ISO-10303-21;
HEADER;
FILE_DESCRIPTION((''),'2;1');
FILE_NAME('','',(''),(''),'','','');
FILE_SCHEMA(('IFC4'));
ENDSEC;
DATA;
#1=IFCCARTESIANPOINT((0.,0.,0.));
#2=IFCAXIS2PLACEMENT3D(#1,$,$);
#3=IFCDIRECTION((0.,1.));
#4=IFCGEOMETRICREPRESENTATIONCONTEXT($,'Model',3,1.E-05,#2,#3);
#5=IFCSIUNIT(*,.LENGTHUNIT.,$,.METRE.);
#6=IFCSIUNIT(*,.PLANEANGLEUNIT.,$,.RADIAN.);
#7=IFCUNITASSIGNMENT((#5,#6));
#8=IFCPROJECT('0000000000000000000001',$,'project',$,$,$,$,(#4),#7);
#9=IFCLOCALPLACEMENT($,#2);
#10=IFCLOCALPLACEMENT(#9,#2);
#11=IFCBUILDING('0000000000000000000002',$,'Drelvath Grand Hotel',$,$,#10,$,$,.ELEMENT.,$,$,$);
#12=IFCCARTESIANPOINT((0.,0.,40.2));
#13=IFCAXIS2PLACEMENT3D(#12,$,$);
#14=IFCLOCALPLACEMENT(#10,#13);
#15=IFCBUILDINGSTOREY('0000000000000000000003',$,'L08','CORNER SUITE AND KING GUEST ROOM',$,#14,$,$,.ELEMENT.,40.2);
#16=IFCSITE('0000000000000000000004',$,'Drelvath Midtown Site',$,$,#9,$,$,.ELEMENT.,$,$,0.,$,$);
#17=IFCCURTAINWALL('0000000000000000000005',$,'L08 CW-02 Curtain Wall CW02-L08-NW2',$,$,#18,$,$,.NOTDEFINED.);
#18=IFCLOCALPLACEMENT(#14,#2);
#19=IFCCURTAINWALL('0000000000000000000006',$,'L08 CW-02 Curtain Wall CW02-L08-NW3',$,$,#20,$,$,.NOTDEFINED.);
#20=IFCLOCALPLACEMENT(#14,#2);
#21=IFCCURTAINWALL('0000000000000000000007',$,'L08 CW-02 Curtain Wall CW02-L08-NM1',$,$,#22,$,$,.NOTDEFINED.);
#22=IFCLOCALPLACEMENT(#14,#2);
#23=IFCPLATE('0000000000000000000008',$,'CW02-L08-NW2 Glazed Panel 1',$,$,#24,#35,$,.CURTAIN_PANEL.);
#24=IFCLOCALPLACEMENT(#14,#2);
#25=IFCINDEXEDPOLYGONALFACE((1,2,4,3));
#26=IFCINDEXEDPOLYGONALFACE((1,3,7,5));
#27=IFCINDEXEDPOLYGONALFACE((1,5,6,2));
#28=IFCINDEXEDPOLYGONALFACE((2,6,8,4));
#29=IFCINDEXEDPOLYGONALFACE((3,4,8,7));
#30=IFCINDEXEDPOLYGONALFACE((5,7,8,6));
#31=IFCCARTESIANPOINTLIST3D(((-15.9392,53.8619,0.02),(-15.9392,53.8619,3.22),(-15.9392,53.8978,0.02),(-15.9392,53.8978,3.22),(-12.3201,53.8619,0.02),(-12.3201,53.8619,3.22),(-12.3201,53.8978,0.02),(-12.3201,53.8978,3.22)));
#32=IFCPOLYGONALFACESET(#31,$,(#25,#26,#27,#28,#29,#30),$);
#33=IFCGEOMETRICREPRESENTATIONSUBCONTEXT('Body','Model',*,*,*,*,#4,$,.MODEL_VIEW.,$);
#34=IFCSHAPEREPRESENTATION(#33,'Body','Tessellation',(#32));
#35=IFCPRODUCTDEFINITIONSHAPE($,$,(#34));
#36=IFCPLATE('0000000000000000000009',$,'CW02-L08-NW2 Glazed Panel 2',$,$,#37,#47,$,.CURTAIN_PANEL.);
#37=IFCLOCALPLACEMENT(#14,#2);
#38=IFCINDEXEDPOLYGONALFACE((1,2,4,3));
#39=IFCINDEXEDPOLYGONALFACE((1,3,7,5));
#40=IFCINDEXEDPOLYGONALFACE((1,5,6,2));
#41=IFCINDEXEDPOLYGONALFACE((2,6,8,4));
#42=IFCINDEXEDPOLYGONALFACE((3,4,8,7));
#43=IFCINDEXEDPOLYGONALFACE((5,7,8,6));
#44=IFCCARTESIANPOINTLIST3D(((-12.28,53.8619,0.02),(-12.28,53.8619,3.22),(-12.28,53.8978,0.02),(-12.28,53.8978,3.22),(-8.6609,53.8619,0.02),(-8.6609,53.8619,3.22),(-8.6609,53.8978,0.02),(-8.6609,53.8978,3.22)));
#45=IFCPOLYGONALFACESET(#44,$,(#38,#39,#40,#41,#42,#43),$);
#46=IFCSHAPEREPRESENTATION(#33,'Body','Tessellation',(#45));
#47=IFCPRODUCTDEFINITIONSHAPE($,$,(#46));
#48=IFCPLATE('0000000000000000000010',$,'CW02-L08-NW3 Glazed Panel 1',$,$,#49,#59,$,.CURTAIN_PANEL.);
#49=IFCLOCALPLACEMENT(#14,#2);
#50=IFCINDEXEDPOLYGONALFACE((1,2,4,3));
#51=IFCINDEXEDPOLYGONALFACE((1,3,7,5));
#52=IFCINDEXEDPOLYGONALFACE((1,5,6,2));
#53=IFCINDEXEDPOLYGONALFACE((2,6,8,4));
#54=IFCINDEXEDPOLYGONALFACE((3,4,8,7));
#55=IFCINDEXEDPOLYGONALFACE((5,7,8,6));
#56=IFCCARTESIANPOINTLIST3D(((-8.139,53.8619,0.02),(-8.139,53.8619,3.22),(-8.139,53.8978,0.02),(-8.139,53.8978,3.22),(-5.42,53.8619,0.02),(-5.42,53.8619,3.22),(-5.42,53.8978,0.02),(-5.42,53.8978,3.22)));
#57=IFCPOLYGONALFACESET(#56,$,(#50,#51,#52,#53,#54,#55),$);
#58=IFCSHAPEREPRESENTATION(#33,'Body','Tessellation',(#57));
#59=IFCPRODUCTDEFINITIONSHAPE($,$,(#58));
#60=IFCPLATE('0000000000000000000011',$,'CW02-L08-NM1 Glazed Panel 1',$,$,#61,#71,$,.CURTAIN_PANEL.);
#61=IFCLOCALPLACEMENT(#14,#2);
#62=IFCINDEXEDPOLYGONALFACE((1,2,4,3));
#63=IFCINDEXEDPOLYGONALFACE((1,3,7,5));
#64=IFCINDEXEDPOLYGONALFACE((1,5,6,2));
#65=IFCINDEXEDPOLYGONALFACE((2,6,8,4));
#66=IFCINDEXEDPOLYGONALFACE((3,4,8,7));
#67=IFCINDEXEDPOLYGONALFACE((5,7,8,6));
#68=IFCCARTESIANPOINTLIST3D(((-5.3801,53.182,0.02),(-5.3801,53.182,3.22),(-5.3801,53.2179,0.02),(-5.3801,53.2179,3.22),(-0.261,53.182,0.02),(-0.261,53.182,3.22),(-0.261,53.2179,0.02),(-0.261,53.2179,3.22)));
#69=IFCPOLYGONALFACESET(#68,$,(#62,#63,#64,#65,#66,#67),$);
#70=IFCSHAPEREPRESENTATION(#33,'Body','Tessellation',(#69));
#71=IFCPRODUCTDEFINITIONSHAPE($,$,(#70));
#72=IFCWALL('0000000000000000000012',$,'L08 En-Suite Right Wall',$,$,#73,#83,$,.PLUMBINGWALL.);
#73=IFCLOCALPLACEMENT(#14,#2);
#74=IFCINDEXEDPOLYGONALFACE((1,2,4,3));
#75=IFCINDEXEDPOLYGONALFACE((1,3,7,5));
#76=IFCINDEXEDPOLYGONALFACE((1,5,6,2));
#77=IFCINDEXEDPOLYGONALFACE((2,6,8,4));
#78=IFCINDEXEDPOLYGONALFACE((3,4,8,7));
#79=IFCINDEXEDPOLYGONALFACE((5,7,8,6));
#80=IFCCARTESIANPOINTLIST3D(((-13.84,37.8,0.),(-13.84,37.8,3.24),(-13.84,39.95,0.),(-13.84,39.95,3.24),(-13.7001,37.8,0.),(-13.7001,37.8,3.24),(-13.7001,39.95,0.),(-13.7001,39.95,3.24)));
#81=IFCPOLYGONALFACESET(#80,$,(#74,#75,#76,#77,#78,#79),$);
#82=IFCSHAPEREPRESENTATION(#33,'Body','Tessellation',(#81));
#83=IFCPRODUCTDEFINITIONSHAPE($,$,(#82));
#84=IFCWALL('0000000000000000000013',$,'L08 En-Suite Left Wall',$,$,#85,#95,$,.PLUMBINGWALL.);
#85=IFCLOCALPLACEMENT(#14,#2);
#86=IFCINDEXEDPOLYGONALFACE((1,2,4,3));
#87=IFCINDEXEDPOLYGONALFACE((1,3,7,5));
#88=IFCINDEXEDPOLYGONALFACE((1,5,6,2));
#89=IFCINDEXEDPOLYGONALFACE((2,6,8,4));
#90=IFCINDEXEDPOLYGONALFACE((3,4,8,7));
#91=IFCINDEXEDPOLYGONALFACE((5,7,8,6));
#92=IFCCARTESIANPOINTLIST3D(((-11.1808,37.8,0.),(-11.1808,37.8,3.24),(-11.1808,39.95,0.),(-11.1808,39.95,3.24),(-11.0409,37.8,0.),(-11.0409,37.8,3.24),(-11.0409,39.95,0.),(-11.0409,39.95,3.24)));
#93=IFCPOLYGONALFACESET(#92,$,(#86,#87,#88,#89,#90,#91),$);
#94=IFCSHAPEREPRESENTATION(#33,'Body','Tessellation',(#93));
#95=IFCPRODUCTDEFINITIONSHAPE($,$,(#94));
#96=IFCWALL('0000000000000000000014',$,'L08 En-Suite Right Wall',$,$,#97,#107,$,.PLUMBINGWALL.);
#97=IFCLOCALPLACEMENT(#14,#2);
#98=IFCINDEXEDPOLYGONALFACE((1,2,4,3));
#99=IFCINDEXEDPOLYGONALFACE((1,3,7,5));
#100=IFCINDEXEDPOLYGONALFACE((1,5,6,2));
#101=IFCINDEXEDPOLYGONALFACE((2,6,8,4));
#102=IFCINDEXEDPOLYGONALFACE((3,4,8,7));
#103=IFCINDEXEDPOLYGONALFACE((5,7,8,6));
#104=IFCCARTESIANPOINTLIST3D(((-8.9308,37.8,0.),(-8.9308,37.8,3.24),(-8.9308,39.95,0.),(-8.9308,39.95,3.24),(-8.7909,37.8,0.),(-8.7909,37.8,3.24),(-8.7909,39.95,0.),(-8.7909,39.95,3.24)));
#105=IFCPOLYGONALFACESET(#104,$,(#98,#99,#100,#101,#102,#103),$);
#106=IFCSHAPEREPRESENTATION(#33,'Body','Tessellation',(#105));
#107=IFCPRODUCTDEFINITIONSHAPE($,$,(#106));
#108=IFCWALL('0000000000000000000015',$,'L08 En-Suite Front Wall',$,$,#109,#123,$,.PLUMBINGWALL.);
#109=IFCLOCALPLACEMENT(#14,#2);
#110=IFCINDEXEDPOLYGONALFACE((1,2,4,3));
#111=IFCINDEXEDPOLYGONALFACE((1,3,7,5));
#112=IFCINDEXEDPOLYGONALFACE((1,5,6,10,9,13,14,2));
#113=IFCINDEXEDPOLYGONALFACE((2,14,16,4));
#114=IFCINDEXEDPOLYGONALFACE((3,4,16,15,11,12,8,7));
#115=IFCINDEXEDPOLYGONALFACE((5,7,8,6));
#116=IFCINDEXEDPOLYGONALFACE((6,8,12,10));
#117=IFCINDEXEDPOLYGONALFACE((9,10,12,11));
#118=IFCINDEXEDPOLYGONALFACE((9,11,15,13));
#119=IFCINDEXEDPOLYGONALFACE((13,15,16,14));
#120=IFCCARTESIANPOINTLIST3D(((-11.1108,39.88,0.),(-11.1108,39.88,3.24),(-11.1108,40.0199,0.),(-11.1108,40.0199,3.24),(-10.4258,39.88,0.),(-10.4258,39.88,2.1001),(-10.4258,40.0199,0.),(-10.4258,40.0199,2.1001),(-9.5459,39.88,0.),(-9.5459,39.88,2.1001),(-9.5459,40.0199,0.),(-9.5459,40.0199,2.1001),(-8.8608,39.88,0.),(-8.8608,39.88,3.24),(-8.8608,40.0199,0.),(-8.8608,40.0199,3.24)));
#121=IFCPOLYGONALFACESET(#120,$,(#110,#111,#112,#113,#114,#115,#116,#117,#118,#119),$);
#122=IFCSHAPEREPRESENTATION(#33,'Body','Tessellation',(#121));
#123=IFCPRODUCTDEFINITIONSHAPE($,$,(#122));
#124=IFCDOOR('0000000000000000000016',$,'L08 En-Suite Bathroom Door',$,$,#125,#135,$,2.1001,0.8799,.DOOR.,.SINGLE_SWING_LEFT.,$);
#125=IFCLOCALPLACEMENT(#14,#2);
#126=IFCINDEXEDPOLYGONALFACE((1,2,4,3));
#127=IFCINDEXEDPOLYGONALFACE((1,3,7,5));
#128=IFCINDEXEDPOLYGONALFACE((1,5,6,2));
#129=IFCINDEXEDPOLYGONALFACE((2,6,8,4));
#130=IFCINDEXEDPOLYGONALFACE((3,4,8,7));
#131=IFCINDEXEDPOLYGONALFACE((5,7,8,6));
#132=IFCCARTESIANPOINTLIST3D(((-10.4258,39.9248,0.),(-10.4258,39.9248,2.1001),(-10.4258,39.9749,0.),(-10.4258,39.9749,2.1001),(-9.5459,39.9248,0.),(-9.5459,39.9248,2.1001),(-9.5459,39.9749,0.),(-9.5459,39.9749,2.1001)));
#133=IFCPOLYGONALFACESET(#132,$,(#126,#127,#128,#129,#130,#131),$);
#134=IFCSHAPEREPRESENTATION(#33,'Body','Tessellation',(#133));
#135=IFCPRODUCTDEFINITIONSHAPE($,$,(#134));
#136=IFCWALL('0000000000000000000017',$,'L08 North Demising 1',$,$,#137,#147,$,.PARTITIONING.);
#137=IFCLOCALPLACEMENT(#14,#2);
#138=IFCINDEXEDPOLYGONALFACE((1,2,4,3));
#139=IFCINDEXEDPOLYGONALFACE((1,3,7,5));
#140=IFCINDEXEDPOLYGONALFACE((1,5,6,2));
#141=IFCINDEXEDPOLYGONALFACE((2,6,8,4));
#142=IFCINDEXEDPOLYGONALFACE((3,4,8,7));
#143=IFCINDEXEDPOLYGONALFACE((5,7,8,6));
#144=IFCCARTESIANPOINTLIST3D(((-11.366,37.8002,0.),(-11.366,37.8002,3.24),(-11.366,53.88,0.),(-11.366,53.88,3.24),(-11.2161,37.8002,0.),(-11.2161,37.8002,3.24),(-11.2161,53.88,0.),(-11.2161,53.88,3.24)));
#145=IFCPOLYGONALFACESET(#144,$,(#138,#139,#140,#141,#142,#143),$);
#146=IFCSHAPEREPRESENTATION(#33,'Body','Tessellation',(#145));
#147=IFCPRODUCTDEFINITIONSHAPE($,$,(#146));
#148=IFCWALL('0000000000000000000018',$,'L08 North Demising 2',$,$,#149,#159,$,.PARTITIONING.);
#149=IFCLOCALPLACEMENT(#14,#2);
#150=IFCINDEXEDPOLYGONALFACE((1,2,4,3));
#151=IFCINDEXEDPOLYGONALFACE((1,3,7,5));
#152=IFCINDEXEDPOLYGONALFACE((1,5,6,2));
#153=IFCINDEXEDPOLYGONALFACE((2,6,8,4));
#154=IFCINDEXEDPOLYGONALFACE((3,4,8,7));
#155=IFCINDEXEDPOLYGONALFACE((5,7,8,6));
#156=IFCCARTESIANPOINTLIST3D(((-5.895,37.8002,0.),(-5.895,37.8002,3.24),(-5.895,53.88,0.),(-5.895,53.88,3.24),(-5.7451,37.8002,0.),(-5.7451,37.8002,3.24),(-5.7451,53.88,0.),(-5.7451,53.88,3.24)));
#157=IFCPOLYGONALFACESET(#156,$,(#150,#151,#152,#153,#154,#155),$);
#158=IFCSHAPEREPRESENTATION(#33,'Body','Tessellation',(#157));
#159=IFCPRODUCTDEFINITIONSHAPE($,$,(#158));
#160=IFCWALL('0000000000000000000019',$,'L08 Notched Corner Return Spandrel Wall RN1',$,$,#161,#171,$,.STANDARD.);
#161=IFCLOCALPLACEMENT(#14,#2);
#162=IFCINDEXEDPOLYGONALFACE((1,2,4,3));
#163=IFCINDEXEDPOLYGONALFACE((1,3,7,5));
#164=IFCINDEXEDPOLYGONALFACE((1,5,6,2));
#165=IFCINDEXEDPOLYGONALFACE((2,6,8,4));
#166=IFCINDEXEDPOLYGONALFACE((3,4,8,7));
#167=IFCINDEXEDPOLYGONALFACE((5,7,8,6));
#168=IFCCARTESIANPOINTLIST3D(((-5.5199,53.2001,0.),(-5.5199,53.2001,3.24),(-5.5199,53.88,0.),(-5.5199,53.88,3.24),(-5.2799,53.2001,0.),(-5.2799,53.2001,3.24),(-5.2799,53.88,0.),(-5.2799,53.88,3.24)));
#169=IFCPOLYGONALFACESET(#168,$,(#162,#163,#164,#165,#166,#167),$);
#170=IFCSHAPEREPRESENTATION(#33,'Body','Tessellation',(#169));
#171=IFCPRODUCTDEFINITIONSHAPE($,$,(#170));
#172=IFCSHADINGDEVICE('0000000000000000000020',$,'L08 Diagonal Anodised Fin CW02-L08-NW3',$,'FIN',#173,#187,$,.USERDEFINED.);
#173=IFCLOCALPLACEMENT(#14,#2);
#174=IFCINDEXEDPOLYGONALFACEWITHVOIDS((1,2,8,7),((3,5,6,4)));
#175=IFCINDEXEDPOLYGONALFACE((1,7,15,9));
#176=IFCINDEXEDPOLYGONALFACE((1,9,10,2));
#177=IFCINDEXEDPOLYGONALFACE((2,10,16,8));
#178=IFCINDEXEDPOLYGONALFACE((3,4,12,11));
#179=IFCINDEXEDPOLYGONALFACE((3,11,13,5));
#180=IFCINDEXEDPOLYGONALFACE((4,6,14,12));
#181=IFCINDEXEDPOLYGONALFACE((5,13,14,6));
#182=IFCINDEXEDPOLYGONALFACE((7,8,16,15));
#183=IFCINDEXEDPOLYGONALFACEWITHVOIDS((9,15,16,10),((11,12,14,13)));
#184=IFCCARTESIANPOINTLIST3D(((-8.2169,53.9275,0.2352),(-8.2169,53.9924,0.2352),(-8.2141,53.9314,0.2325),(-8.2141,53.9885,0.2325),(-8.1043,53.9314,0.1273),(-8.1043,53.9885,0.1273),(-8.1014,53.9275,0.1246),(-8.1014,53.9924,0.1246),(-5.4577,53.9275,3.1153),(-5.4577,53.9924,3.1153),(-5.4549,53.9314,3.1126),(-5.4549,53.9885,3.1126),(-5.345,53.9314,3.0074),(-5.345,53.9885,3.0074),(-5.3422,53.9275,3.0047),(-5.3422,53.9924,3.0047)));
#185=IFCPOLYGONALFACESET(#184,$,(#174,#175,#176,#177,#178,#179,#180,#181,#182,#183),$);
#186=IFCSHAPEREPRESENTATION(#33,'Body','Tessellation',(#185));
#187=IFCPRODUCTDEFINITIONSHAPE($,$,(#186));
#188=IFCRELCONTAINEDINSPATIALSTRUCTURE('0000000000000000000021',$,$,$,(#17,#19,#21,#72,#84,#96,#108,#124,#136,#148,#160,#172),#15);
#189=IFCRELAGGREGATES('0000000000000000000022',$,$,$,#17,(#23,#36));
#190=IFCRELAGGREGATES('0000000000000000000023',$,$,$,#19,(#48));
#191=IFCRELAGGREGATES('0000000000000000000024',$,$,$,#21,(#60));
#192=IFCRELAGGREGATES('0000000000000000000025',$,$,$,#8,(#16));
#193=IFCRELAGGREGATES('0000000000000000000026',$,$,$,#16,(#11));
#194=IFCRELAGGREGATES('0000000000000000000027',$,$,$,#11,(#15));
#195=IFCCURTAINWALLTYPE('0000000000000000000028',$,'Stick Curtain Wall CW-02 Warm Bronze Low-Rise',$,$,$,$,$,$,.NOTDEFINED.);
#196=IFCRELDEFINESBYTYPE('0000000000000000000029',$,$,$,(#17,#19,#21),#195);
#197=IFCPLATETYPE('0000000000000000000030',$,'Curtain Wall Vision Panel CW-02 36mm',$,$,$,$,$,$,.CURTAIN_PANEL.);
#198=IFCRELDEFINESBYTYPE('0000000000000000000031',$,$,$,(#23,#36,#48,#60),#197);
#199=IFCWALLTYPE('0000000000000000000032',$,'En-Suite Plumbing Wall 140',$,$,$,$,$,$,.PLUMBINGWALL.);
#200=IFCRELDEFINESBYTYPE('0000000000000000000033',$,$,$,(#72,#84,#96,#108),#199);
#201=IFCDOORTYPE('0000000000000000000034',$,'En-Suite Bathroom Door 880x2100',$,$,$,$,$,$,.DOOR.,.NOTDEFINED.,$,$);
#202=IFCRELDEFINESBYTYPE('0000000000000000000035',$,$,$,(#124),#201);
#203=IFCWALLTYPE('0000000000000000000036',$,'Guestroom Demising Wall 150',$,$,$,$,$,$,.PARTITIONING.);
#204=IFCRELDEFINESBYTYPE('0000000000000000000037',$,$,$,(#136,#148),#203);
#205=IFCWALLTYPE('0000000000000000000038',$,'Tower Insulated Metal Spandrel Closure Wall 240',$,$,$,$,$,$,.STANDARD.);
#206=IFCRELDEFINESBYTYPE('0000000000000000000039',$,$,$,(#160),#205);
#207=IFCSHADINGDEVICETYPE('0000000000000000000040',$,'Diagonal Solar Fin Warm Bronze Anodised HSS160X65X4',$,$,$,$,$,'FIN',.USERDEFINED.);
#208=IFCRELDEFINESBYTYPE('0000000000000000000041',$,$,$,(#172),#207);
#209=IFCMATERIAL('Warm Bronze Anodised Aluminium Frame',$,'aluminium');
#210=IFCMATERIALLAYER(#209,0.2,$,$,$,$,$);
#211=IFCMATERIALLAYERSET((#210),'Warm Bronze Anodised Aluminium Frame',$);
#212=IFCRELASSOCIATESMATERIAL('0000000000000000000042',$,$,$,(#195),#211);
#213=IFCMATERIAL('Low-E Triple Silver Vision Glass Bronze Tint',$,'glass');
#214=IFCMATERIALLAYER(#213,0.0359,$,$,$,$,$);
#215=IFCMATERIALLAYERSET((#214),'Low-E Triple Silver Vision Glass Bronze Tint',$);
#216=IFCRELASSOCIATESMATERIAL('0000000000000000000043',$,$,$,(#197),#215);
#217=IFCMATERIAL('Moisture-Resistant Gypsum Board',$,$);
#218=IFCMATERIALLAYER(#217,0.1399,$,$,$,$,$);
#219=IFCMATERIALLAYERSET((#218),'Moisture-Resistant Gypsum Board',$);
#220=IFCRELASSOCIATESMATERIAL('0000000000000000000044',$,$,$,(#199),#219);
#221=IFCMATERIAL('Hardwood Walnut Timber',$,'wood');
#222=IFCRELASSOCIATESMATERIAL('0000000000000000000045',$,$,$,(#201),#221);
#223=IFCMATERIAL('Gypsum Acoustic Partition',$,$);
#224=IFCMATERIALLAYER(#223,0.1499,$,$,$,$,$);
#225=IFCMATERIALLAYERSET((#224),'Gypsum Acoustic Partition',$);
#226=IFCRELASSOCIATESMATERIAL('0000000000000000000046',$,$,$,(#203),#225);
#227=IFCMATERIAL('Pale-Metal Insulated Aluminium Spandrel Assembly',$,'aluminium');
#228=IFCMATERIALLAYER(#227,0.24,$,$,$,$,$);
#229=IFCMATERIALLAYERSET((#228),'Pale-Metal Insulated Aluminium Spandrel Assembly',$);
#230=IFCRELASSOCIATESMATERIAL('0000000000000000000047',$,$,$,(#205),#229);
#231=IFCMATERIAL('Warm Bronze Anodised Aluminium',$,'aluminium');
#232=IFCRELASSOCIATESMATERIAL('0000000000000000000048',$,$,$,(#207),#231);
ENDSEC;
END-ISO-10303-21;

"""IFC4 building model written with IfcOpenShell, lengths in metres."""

from ifc_helpers import new_model, si_unit, direction, frame, frame_2d, origin, origin_2d, place, context, subcontext, project, spatial, rectangle, hollow_rectangle, extrude, material, layer, layer_set, material_profile, profile_set, type_object, element, fill, aggregate, save


model = new_model("IFC4")

# Units and contexts
model_context = context("Model", 3, precision=1e-05, world=origin(), true_north=direction((0.0, 1.0)))
body_context = subcontext(model_context, "Body", "Model", "MODEL_VIEW")
ifc_project = project(units=[si_unit("LENGTHUNIT", "METRE"), si_unit("PLANEANGLEUNIT", "RADIAN")], contexts=[model_context])

# Site, building, storey
site_placement = place(None, origin())
site = spatial("IfcSite", under=ifc_project, at=site_placement, Name="Drelvath Midtown Site", CompositionType="ELEMENT", RefElevation=0.0)
building_placement = place(site_placement, origin())
building = spatial("IfcBuilding", under=site, at=building_placement, Name="Drelvath Grand Hotel", CompositionType="ELEMENT")
storey_placement = place(building_placement, frame((0.0, 0.0, 40.2)))
storey = spatial("IfcBuildingStorey", under=building, at=storey_placement, Name="L08", Description="CORNER SUITE AND KING GUEST ROOM", CompositionType="ELEMENT", Elevation=40.2)

# Curtain walls
ifc_material_1 = material(Name="Warm Bronze Anodised Aluminium Frame", Category="aluminium")
ifc_layer_1 = layer(ifc_material_1, 0.2)
ifc_layer_set_1 = layer_set([ifc_layer_1], Name="Warm Bronze Anodised Aluminium Frame")
curtain_wall_type = type_object("IfcCurtainWallType", Name="Stick Curtain Wall CW-02 Warm Bronze Low-Rise", PredefinedType="NOTDEFINED", material=ifc_layer_set_1)
curtain_wall_1_placement = place(storey_placement, origin())
curtain_wall_1 = element("IfcCurtainWall", 1, at=curtain_wall_1_placement, inside=storey, type_object=curtain_wall_type, Name="L08 CW-02 Curtain Wall CW02-L08-NW2", PredefinedType="NOTDEFINED")
curtain_wall_2_placement = place(storey_placement, origin())
curtain_wall_2 = element("IfcCurtainWall", 2, at=curtain_wall_2_placement, inside=storey, type_object=curtain_wall_type, Name="L08 CW-02 Curtain Wall CW02-L08-NW3", PredefinedType="NOTDEFINED")
curtain_wall_3_placement = place(storey_placement, origin())
curtain_wall_3 = element("IfcCurtainWall", 3, at=curtain_wall_3_placement, inside=storey, type_object=curtain_wall_type, Name="L08 CW-02 Curtain Wall CW02-L08-NM1", PredefinedType="NOTDEFINED")

# Plates
ifc_material_2 = material(Name="Low-E Triple Silver Vision Glass Bronze Tint", Category="glass")
ifc_layer_2 = layer(ifc_material_2, 0.0359)
ifc_layer_set_2 = layer_set([ifc_layer_2], Name="Low-E Triple Silver Vision Glass Bronze Tint")
plate_type = type_object("IfcPlateType", Name="Curtain Wall Vision Panel CW-02 36mm", PredefinedType="CURTAIN_PANEL", material=ifc_layer_set_2)
plate_1_placement = place(storey_placement, frame((-14.1296, 53.8799, 0.02), z_axis=(0.0, 0.0, 1.0), x_axis=(1.0, 0.0, 0.0)))
plate_1 = element("IfcPlate", 4, at=plate_1_placement, type_object=plate_type, Name="CW02-L08-NW2 Glazed Panel 1", PredefinedType="CURTAIN_PANEL", context=body_context, shape_type="SweptSolid", body=[
    extrude(rectangle(XDim=3.6191, YDim=0.0359, at=origin_2d()), origin(), (0.0, 0.0, 1.0), 3.2),
])
plate_2_placement = place(storey_placement, frame((-10.4705, 53.8799, 0.02), z_axis=(0.0, 0.0, 1.0), x_axis=(1.0, 0.0, 0.0)))
plate_2 = element("IfcPlate", 5, at=plate_2_placement, type_object=plate_type, Name="CW02-L08-NW2 Glazed Panel 2", PredefinedType="CURTAIN_PANEL", context=body_context, shape_type="SweptSolid", body=[
    extrude(rectangle(XDim=3.6191, YDim=0.0359, at=origin_2d()), origin(), (0.0, 0.0, 1.0), 3.2),
])
aggregate(curtain_wall_1, [plate_1, plate_2])
plate_3_placement = place(storey_placement, frame((-6.7795, 53.8799, 0.02), z_axis=(0.0, 0.0, 1.0), x_axis=(1.0, 0.0, 0.0)))
plate_3 = element("IfcPlate", 6, at=plate_3_placement, type_object=plate_type, Name="CW02-L08-NW3 Glazed Panel 1", PredefinedType="CURTAIN_PANEL", context=body_context, shape_type="SweptSolid", body=[
    extrude(rectangle(XDim=2.719, YDim=0.0359, at=origin_2d()), origin(), (0.0, 0.0, 1.0), 3.2),
])
aggregate(curtain_wall_2, [plate_3])
plate_4_placement = place(storey_placement, frame((-2.8206, 53.2, 0.02), z_axis=(0.0, 0.0, 1.0), x_axis=(1.0, 0.0, 0.0)))
plate_4 = element("IfcPlate", 7, at=plate_4_placement, type_object=plate_type, Name="CW02-L08-NM1 Glazed Panel 1", PredefinedType="CURTAIN_PANEL", context=body_context, shape_type="SweptSolid", body=[
    extrude(rectangle(XDim=5.1191, YDim=0.0359, at=origin_2d()), origin(), (0.0, 0.0, 1.0), 3.2),
])
aggregate(curtain_wall_3, [plate_4])

# Walls
ifc_material_3 = material(Name="Moisture-Resistant Gypsum Board")
ifc_layer_3 = layer(ifc_material_3, 0.1399)
ifc_layer_set_3 = layer_set([ifc_layer_3], Name="Moisture-Resistant Gypsum Board")
wall_type_1 = type_object("IfcWallType", Name="En-Suite Plumbing Wall 140", PredefinedType="PLUMBINGWALL", material=ifc_layer_set_3)
for number, where, z_axis, x_axis, name in (
    (8, (-13.77, 37.8, 0.0), (0.0, 0.0, 1.0), (0.0, 1.0, 0.0), "L08 En-Suite Right Wall"),
    (9, (-11.1108, 37.8, 0.0), (0.0, 0.0, 1.0), (0.0, 1.0, 0.0), "L08 En-Suite Left Wall"),
    (10, (-8.8608, 37.8, 0.0), (0.0, 0.0, 1.0), (0.0, 1.0, 0.0), "L08 En-Suite Right Wall"),
):
    element("IfcWall", number, at=place(storey_placement, frame(where, z_axis=z_axis, x_axis=x_axis)), inside=storey, type_object=wall_type_1, Name=name, PredefinedType="PLUMBINGWALL", context=body_context, shape_type="SweptSolid", body=[
        extrude(rectangle(XDim=2.1499, YDim=0.1399, at=frame_2d((1.075, 0.0))), origin(), (0.0, 0.0, 1.0), 3.24),
    ])

# Wall, opening, door
wall_1_placement = place(storey_placement, frame((-11.1108, 39.95, 0.0), z_axis=(0.0, 0.0, 1.0), x_axis=(1.0, 0.0, 0.0)))
wall_1 = element("IfcWall", 11, at=wall_1_placement, inside=storey, type_object=wall_type_1, Name="L08 En-Suite Front Wall", PredefinedType="PLUMBINGWALL", context=body_context, shape_type="SweptSolid", body=[
    extrude(rectangle(XDim=2.25, YDim=0.1399, at=frame_2d((1.125, 0.0))), origin(), (0.0, 0.0, 1.0), 3.24),
])
opening_placement = place(wall_1_placement, frame((0.6851, 0.0, 0.0)))
opening = element("IfcOpeningElement", 12, at=opening_placement, cuts=wall_1, PredefinedType="OPENING", context=body_context, shape_type="SweptSolid", body=[
    extrude(rectangle(XDim=0.8799, YDim=2.1001, at=frame_2d((0.4399, 1.05))), frame((0.0, 0.0798, 0.0), z_axis=(0.0, -1.0, 0.0), x_axis=(1.0, 0.0, 0.0)), (0.0, 0.0, 1.0), 0.1599),
])
ifc_material_4 = material(Name="Hardwood Walnut Timber", Category="wood")
door_type = type_object("IfcDoorType", Name="En-Suite Bathroom Door 880x2100", OperationType="NOTDEFINED", PredefinedType="DOOR", material=ifc_material_4)
door_placement = place(opening_placement, origin())
door = element("IfcDoor", 13, at=door_placement, inside=storey, type_object=door_type, Name="L08 En-Suite Bathroom Door", OperationType="SINGLE_SWING_LEFT", OverallHeight=2.1001, OverallWidth=0.8799, PredefinedType="DOOR", context=body_context, shape_type="SweptSolid", body=[
    extrude(rectangle(XDim=0.8799, YDim=2.1001, at=frame_2d((0.4399, 1.05))), frame((0.0, 0.0249, 0.0), z_axis=(0.0, -1.0, 0.0), x_axis=(1.0, 0.0, 0.0)), (0.0, 0.0, 1.0), 0.05),
])
fill(opening, door)

# Walls
ifc_material_5 = material(Name="Gypsum Acoustic Partition")
ifc_layer_4 = layer(ifc_material_5, 0.1499)
ifc_layer_set_4 = layer_set([ifc_layer_4], Name="Gypsum Acoustic Partition")
wall_type_2 = type_object("IfcWallType", Name="Guestroom Demising Wall 150", PredefinedType="PARTITIONING", material=ifc_layer_set_4)
for number, where, z_axis, x_axis, name in (
    (14, (-11.291, 37.8, 0.0), (0.0, 0.0, 1.0), (0.0, 1.0, 0.0), "L08 North Demising 1"),
    (15, (-5.8201, 37.8, 0.0), (0.0, 0.0, 1.0), (0.0, 1.0, 0.0), "L08 North Demising 2"),
):
    element("IfcWall", number, at=place(storey_placement, frame(where, z_axis=z_axis, x_axis=x_axis)), inside=storey, type_object=wall_type_2, Name=name, PredefinedType="PARTITIONING", context=body_context, shape_type="SweptSolid", body=[
        extrude(rectangle(XDim=16.0798, YDim=0.1499, at=frame_2d((8.04, 0.0))), origin(), (0.0, 0.0, 1.0), 3.24),
    ])
ifc_material_6 = material(Name="Pale-Metal Insulated Aluminium Spandrel Assembly", Category="aluminium")
ifc_layer_5 = layer(ifc_material_6, 0.24)
ifc_layer_set_5 = layer_set([ifc_layer_5], Name="Pale-Metal Insulated Aluminium Spandrel Assembly")
wall_type_3 = type_object("IfcWallType", Name="Tower Insulated Metal Spandrel Closure Wall 240", PredefinedType="STANDARD", material=ifc_layer_set_5)
wall_2_placement = place(storey_placement, frame((-5.3999, 53.8799, 0.0), z_axis=(0.0, 0.0, 1.0), x_axis=(0.0, -1.0, 0.0)))
element("IfcWall", 16, at=wall_2_placement, inside=storey, type_object=wall_type_3, Name="L08 Notched Corner Return Spandrel Wall RN1", PredefinedType="STANDARD", context=body_context, shape_type="SweptSolid", body=[
    extrude(rectangle(XDim=0.6799, YDim=0.24, at=frame_2d((0.3398, 0.0))), origin(), (0.0, 0.0, 1.0), 3.24),
])

# Shading device
ifc_material_7 = material(Name="Warm Bronze Anodised Aluminium", Category="aluminium")
ifc_material_profile_1 = material_profile(ifc_material_7, hollow_rectangle(XDim=0.0649, YDim=0.1599, WallThickness=0.0039, at=origin_2d()), Name="HSS160X65X4")
ifc_profile_set_1 = profile_set([ifc_material_profile_1], Name="Warm Bronze Anodised Aluminium")
shading_device_type = type_object("IfcShadingDeviceType", Name="Diagonal Solar Fin Warm Bronze Anodised HSS160X65X4", ElementType="FIN", PredefinedType="USERDEFINED", material=ifc_profile_set_1)
shading_device_placement = place(storey_placement, frame((-8.1592, 53.96, 0.1799), z_axis=(0.691795, 0.0, 0.722094), x_axis=(0.0, 1.0, 0.0)))
element("IfcShadingDevice", 17, at=shading_device_placement, inside=storey, type_object=shading_device_type, Name="L08 Diagonal Anodised Fin CW02-L08-NW3", ObjectType="FIN", PredefinedType="USERDEFINED", context=body_context, shape_type="SweptSolid", body=[
    extrude(hollow_rectangle(XDim=0.0649, YDim=0.1599, WallThickness=0.0039, at=origin_2d()), origin(), (0.0, 0.0, 1.0), 3.9885),
])

save(model, "model.ifc")
